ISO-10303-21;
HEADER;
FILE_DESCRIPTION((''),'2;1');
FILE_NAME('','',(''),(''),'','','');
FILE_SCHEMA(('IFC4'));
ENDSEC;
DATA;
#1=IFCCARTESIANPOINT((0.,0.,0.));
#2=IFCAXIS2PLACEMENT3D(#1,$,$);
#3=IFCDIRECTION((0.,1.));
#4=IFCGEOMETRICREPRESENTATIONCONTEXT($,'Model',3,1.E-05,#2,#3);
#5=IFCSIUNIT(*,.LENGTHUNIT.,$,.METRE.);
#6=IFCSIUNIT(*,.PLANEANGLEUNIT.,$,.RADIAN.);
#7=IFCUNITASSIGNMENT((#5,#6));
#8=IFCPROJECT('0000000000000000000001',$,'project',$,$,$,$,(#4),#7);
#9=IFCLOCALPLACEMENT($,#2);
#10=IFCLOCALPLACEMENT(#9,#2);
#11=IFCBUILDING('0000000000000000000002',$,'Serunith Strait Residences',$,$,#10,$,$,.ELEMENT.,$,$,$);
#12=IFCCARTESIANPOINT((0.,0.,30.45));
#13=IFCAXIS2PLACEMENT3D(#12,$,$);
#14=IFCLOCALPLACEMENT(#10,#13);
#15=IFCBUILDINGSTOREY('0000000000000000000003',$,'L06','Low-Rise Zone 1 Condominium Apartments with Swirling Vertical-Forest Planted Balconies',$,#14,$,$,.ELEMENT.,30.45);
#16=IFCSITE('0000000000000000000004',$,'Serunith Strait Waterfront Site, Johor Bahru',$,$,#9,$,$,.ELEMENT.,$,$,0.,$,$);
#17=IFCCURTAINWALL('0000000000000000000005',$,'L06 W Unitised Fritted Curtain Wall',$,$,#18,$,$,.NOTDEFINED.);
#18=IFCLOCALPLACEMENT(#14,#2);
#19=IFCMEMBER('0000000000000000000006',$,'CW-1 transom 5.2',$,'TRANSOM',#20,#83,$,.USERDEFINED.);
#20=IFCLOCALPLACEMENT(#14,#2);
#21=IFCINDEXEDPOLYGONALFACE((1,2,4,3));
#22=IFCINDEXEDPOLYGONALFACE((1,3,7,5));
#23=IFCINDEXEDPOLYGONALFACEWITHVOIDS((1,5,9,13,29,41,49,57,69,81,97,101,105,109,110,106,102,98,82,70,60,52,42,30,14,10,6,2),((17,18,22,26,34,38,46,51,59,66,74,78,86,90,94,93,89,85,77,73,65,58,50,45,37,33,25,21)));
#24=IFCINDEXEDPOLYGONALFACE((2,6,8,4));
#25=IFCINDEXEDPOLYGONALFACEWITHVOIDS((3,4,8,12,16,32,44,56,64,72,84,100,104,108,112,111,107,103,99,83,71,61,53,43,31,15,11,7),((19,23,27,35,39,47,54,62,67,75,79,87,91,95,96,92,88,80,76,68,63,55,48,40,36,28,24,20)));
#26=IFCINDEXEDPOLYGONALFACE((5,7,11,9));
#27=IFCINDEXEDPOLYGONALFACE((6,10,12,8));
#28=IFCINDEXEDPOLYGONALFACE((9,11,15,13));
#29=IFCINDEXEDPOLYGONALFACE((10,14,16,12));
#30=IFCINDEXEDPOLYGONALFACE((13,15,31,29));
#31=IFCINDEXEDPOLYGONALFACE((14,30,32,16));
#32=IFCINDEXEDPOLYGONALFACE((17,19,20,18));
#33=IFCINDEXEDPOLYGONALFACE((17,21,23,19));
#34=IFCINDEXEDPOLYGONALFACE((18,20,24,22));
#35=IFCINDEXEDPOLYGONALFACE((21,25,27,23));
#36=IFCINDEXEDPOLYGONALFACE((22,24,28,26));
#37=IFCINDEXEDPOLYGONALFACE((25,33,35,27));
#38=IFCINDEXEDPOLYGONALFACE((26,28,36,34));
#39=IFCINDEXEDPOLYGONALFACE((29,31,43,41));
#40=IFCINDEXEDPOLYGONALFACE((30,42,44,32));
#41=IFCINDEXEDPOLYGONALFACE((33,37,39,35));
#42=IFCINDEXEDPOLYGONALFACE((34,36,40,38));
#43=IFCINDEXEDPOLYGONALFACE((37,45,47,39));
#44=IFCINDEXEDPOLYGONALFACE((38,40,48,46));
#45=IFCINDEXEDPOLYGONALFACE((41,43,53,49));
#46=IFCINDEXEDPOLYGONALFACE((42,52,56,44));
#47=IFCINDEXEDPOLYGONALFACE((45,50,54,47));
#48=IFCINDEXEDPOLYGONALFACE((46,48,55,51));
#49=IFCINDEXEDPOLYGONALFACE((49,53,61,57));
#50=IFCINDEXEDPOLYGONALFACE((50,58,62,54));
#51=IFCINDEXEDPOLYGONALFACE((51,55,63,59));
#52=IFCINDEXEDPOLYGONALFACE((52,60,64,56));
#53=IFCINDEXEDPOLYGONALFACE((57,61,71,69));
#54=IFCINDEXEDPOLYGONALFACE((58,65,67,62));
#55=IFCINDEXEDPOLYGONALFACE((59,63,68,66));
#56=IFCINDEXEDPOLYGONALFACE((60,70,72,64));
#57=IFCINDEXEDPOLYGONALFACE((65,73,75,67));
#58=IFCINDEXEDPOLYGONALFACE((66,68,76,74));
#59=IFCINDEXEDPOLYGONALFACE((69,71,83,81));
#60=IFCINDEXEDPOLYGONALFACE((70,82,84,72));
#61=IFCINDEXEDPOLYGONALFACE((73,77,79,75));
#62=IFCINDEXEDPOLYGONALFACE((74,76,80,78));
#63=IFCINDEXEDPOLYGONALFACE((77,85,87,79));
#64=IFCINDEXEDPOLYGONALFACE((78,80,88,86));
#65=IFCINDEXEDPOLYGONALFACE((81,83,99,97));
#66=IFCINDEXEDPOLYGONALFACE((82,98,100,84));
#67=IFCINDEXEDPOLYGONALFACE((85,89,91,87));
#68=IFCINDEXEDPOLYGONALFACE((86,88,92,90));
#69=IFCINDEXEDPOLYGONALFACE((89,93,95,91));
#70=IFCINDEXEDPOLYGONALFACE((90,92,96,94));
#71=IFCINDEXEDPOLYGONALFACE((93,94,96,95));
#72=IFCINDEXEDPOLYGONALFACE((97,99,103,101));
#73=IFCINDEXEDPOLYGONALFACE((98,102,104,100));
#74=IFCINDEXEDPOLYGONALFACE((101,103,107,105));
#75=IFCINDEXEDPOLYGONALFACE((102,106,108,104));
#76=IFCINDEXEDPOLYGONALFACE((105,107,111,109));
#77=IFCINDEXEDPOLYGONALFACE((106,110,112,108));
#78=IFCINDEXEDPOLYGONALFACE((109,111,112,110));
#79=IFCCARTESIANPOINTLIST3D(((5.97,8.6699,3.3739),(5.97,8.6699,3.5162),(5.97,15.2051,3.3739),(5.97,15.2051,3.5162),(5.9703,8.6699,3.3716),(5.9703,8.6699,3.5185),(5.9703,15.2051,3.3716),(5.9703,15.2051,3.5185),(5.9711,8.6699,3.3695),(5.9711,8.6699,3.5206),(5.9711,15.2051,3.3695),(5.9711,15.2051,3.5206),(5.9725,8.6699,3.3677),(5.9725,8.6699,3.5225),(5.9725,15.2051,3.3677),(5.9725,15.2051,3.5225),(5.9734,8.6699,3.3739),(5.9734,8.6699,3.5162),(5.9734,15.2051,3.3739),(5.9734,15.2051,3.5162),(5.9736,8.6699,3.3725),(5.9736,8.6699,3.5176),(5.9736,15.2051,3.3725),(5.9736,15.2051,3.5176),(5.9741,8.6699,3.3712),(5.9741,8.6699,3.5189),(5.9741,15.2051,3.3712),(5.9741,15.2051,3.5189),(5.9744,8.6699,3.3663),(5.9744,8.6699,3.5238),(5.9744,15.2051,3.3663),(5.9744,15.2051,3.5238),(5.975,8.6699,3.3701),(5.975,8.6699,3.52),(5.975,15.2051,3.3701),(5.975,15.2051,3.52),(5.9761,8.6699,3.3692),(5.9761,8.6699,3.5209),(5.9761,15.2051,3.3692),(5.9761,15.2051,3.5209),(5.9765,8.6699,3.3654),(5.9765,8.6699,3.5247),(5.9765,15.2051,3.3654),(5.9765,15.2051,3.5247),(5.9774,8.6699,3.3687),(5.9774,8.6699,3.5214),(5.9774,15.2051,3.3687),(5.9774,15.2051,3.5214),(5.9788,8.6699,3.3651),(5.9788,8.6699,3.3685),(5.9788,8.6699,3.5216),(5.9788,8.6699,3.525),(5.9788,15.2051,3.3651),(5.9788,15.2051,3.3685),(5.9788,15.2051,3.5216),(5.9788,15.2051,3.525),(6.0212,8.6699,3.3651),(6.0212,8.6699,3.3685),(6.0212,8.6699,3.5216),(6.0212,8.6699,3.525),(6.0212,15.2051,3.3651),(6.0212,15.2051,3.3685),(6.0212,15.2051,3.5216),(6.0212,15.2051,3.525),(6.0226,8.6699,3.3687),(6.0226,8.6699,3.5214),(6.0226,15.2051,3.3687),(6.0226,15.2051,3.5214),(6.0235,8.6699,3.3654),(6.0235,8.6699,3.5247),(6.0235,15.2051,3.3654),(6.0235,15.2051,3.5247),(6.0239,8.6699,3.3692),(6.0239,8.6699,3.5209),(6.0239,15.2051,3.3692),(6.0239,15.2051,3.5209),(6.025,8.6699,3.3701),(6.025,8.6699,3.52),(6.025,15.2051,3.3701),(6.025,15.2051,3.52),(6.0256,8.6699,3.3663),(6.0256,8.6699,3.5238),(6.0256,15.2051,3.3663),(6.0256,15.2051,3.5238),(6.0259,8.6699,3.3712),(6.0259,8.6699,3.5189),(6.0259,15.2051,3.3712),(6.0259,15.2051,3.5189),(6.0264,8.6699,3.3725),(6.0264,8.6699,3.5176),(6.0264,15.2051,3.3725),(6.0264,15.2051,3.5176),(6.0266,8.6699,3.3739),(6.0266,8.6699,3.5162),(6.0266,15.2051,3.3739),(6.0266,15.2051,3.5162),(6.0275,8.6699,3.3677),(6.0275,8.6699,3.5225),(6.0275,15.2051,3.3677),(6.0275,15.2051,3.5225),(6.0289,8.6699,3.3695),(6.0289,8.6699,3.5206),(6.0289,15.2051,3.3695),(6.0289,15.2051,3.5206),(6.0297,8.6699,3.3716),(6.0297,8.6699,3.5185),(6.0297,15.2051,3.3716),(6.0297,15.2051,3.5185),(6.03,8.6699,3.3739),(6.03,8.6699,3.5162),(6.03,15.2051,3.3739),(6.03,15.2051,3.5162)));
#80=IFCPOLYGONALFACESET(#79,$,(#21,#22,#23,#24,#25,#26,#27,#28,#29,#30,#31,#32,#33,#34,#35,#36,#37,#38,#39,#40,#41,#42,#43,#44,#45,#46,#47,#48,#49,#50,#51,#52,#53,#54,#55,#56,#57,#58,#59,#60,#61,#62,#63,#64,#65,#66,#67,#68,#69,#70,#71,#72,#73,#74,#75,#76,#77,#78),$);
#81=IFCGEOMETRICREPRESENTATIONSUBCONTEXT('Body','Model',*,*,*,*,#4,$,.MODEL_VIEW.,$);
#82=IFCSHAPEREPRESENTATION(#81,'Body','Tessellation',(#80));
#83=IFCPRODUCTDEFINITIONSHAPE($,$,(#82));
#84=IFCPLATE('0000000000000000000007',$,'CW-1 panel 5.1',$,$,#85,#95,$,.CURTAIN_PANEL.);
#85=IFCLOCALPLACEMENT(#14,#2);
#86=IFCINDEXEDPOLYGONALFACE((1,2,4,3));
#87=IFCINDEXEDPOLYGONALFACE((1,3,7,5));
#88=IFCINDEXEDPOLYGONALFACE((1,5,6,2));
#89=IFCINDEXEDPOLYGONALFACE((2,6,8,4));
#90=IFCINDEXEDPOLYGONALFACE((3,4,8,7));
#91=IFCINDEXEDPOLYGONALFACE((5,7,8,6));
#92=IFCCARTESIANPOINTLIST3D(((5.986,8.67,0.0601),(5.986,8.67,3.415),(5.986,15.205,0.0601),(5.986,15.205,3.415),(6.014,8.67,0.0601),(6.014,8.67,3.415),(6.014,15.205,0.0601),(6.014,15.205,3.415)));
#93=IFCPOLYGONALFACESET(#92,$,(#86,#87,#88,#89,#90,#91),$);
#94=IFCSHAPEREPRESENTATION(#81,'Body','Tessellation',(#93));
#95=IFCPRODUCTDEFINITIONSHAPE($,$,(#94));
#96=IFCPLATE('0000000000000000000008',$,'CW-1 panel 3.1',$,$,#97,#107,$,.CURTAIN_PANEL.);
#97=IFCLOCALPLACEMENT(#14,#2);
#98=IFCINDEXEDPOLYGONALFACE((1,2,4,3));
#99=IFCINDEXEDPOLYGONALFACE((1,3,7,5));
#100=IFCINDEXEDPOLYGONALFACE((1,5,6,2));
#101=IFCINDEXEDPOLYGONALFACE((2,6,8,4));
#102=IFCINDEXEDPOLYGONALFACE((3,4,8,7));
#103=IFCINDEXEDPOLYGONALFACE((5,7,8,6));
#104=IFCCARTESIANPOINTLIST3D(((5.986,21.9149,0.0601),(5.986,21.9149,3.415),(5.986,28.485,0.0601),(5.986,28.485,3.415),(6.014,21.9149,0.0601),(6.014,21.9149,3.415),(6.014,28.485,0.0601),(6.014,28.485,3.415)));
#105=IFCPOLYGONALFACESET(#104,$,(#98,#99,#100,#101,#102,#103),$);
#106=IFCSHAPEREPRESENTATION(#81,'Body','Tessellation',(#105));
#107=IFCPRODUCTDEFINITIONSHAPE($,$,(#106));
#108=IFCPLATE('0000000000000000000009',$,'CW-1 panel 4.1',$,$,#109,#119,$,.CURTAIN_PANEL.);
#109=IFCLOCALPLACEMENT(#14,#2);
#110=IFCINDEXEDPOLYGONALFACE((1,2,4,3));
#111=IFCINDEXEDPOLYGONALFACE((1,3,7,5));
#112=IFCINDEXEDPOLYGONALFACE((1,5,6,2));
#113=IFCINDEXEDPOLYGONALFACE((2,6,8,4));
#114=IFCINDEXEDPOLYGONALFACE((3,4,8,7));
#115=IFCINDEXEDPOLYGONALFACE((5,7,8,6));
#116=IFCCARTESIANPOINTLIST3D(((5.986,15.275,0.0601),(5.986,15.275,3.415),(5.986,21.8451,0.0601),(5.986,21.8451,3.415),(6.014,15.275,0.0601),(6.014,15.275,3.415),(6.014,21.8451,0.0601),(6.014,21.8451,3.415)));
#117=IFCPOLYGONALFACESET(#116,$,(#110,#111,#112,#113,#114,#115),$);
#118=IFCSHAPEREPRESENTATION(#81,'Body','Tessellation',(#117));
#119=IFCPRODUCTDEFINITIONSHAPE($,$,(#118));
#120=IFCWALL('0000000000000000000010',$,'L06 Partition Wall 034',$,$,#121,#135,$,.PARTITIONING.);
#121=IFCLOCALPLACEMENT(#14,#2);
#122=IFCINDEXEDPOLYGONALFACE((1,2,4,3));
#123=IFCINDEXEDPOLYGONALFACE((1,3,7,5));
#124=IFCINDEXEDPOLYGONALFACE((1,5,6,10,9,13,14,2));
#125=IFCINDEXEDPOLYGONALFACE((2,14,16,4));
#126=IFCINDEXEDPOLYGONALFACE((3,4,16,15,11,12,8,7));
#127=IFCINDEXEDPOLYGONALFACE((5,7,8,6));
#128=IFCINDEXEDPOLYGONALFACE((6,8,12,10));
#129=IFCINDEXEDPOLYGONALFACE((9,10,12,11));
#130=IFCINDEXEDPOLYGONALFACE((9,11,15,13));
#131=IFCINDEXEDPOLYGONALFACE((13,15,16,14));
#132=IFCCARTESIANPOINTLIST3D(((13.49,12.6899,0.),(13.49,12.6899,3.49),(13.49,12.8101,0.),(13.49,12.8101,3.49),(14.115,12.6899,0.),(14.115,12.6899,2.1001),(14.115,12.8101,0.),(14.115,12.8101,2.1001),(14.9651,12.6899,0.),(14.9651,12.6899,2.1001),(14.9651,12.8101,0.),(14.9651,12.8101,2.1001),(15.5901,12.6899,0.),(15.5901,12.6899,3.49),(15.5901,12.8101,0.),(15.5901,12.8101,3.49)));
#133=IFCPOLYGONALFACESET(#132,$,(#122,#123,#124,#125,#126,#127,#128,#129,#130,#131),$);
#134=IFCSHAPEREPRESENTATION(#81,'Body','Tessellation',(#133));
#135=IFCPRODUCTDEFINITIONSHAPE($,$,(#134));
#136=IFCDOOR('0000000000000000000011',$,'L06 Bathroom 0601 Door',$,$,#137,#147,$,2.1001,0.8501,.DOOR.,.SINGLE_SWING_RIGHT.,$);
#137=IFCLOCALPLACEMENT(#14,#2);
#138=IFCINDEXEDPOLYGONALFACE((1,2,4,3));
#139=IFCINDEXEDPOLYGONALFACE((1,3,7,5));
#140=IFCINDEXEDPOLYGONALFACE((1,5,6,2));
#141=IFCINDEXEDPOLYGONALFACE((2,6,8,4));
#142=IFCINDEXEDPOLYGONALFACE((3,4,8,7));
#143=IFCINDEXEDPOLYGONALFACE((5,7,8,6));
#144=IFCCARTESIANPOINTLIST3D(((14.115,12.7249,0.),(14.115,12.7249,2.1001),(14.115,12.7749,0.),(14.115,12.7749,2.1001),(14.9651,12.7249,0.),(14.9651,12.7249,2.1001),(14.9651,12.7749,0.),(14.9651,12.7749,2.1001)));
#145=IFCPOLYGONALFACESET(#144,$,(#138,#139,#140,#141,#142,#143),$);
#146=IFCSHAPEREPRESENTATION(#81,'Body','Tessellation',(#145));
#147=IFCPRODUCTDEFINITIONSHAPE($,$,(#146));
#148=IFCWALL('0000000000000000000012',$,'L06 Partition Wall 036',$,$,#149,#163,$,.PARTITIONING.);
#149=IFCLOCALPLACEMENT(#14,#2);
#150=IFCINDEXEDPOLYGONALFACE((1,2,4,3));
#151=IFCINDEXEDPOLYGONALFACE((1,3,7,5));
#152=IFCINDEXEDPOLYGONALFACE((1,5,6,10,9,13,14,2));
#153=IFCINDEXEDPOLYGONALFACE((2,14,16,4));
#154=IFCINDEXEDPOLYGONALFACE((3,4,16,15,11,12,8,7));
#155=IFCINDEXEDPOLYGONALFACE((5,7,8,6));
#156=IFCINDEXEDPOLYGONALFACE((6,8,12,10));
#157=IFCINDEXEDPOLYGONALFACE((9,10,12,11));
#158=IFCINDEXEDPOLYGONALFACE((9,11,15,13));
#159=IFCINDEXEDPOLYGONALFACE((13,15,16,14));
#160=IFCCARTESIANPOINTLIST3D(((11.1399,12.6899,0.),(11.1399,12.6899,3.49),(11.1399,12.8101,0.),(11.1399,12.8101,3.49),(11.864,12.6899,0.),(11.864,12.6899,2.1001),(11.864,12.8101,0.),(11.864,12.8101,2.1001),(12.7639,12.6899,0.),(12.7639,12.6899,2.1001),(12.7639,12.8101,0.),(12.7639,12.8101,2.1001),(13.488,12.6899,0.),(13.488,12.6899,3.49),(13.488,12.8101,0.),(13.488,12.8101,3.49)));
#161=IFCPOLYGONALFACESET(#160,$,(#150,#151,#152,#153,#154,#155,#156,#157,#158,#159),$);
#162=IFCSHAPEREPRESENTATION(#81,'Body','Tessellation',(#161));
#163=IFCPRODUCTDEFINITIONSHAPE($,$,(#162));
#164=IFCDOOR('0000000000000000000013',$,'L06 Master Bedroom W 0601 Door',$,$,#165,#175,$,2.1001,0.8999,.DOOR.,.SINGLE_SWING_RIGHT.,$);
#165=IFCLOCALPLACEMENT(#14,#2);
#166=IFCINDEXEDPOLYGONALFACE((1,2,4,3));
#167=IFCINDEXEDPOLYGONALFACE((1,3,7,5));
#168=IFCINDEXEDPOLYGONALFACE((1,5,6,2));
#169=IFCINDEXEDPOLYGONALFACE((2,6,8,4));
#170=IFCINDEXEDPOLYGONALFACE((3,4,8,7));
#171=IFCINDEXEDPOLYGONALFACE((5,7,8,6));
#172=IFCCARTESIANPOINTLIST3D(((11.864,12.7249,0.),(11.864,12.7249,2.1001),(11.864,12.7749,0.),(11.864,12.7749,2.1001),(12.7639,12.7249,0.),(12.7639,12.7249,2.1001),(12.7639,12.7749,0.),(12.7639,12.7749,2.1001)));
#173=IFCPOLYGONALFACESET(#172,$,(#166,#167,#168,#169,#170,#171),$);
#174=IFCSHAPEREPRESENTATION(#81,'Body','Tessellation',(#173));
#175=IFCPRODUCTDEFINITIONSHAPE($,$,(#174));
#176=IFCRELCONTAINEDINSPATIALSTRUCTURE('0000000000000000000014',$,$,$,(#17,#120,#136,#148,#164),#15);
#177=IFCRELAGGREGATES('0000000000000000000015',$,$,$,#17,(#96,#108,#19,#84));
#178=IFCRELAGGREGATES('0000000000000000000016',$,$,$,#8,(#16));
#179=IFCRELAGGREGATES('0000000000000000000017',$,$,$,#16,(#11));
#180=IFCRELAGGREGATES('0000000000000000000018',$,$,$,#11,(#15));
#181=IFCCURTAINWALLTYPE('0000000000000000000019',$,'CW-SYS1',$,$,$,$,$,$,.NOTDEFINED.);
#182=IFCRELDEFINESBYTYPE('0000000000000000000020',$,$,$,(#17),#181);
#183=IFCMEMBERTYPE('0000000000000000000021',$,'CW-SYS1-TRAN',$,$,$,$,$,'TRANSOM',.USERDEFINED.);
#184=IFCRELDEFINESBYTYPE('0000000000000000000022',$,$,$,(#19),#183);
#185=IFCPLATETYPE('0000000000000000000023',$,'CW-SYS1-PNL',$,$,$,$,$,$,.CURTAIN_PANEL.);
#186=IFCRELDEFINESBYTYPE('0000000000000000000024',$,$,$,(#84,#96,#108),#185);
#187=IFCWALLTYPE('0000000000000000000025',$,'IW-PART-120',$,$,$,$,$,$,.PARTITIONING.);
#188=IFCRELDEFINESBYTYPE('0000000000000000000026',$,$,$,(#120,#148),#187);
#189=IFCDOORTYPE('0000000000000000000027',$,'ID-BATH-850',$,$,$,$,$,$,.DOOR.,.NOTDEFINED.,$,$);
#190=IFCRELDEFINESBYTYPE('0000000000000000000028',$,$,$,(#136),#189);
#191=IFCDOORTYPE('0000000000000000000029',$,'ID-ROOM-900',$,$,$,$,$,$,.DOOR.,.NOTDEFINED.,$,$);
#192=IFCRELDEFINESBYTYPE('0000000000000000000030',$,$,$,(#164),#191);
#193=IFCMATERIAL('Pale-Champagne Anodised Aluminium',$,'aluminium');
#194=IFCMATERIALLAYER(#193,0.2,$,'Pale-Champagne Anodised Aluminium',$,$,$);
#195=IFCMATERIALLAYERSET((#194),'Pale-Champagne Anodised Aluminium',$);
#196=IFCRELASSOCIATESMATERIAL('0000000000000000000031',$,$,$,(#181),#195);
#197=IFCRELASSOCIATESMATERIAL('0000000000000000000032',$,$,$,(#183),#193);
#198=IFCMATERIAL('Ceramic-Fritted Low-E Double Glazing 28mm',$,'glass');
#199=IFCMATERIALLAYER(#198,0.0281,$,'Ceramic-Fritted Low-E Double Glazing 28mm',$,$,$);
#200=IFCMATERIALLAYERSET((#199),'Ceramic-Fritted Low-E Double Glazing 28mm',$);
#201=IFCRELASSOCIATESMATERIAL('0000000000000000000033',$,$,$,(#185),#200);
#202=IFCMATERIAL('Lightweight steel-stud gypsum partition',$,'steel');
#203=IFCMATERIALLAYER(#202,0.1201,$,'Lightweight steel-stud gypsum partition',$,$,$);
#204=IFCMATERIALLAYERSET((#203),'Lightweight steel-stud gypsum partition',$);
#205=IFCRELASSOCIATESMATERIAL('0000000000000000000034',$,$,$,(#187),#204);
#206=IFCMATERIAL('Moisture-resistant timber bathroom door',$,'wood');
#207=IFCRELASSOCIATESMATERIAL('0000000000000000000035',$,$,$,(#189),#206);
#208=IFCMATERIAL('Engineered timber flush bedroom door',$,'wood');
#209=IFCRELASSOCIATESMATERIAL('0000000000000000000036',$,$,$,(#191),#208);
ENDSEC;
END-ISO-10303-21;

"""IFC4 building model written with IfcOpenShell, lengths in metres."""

from ifc_helpers import new_model, si_unit, direction, frame, frame_2d, origin, origin_2d, place, context, subcontext, project, spatial, rectangle, hollow_rectangle, extrude, source, transform, mapped, material, layer, layer_set, material_profile, profile_set, type_object, element, fill, aggregate, save


model = new_model("IFC4")

# Units and contexts
model_context = context("Model", 3, precision=1e-05, world=origin(), true_north=direction((0.0, 1.0)))
body_context = subcontext(model_context, "Body", "Model", "MODEL_VIEW")
ifc_project = project(units=[si_unit("LENGTHUNIT", "METRE"), si_unit("PLANEANGLEUNIT", "RADIAN")], contexts=[model_context])

# Site, building, storey
site_placement = place(None, origin())
site = spatial("IfcSite", under=ifc_project, at=site_placement, Name="Serunith Strait Waterfront Site, Johor Bahru", CompositionType="ELEMENT", RefElevation=0.0)
building_placement = place(site_placement, origin())
building = spatial("IfcBuilding", under=site, at=building_placement, Name="Serunith Strait Residences", CompositionType="ELEMENT")
storey_placement = place(building_placement, frame((0.0, 0.0, 30.45)))
storey = spatial("IfcBuildingStorey", under=building, at=storey_placement, Name="L06", Description="Low-Rise Zone 1 Condominium Apartments with Swirling Vertical-Forest Planted Balconies", CompositionType="ELEMENT", Elevation=30.45)

# Curtain wall, member, plates
ifc_material_1 = material(Name="Pale-Champagne Anodised Aluminium", Category="aluminium")
ifc_layer_1 = layer(ifc_material_1, 0.2, Name="Pale-Champagne Anodised Aluminium")
ifc_layer_set_1 = layer_set([ifc_layer_1], Name="Pale-Champagne Anodised Aluminium")
curtain_wall_type = type_object("IfcCurtainWallType", Name="CW-SYS1", PredefinedType="NOTDEFINED", material=ifc_layer_set_1)
curtain_wall_placement = place(storey_placement, origin())
curtain_wall = element("IfcCurtainWall", 1, at=curtain_wall_placement, inside=storey, type_object=curtain_wall_type, Name="L06 W Unitised Fritted Curtain Wall", PredefinedType="NOTDEFINED")
ifc_material_profile_1 = material_profile(ifc_material_1, hollow_rectangle(XDim=0.0601, YDim=0.1599, WallThickness=0.0034, InnerFilletRadius=0.0054, OuterFilletRadius=0.0088, at=origin_2d()), Name="ALU 160x60x3.5")
ifc_profile_set_1 = profile_set([ifc_material_profile_1], Name="Pale-Champagne Anodised Aluminium")
member_type_1 = type_object("IfcMemberType", Name="CW-SYS1-TRAN", ElementType="TRANSOM", PredefinedType="USERDEFINED", material=ifc_profile_set_1)
shared_shape_1 = source(origin(), body_context, "Body", "SweptSolid", [
    extrude(hollow_rectangle(XDim=0.0601, YDim=0.1599, WallThickness=0.0034, InnerFilletRadius=0.0054, OuterFilletRadius=0.0088, at=origin_2d()), origin(), (0.0, 0.0, 1.0), 6.5352),
])
member_1_placement = place(storey_placement, frame((6.0, 15.2051, 3.4451), z_axis=(0.0, -1.0, 0.0), x_axis=(1.0, 0.0, 0.0)))
member_1 = element("IfcMember", 2, at=member_1_placement, type_object=member_type_1, Name="CW-1 transom 5.2", ObjectType="TRANSOM", PredefinedType="USERDEFINED", context=body_context, shape_type="MappedRepresentation", body=[
    mapped(shared_shape_1, transform((0.0, 0.0, 0.0), scale=1.0)),
])
ifc_material_2 = material(Name="Ceramic-Fritted Low-E Double Glazing 28mm", Category="glass")
ifc_layer_2 = layer(ifc_material_2, 0.0281, Name="Ceramic-Fritted Low-E Double Glazing 28mm")
ifc_layer_set_2 = layer_set([ifc_layer_2], Name="Ceramic-Fritted Low-E Double Glazing 28mm")
plate_type = type_object("IfcPlateType", Name="CW-SYS1-PNL", PredefinedType="CURTAIN_PANEL", material=ifc_layer_set_2)
shared_shape_2 = source(origin(), body_context, "Body", "SweptSolid", [
    extrude(rectangle(XDim=6.5349, YDim=0.0281, at=origin_2d()), origin(), (0.0, 0.0, 1.0), 3.355),
])
plate_1_placement = place(storey_placement, frame((6.0, 11.9375, 0.0601), z_axis=(0.0, 0.0, 1.0), x_axis=(0.0, -1.0, 0.0)))
plate_1 = element("IfcPlate", 3, at=plate_1_placement, type_object=plate_type, Name="CW-1 panel 5.1", PredefinedType="CURTAIN_PANEL", context=body_context, shape_type="MappedRepresentation", body=[
    mapped(shared_shape_2, transform((0.0, 0.0, 0.0), scale=1.0)),
])
shared_shape_3 = source(origin(), body_context, "Body", "SweptSolid", [
    extrude(rectangle(XDim=6.5701, YDim=0.0281, at=origin_2d()), origin(), (0.0, 0.0, 1.0), 3.355),
])
plate_2_placement = place(storey_placement, frame((6.0, 25.2, 0.0601), z_axis=(0.0, 0.0, 1.0), x_axis=(0.0, -1.0, 0.0)))
plate_2 = element("IfcPlate", 4, at=plate_2_placement, type_object=plate_type, Name="CW-1 panel 3.1", PredefinedType="CURTAIN_PANEL", context=body_context, shape_type="MappedRepresentation", body=[
    mapped(shared_shape_3, transform((0.0, 0.0, 0.0), scale=1.0)),
])
plate_3_placement = place(storey_placement, frame((6.0, 18.5601, 0.0601), z_axis=(0.0, 0.0, 1.0), x_axis=(0.0, -1.0, 0.0)))
plate_3 = element("IfcPlate", 5, at=plate_3_placement, type_object=plate_type, Name="CW-1 panel 4.1", PredefinedType="CURTAIN_PANEL", context=body_context, shape_type="MappedRepresentation", body=[
    mapped(shared_shape_3, transform((0.0, 0.0, 0.0), scale=1.0)),
])
aggregate(curtain_wall, [plate_2, plate_3, member_1, plate_1])

# Walls, openings, doors
ifc_material_3 = material(Name="Lightweight steel-stud gypsum partition", Category="steel")
ifc_layer_3 = layer(ifc_material_3, 0.1201, Name="Lightweight steel-stud gypsum partition")
ifc_layer_set_3 = layer_set([ifc_layer_3], Name="Lightweight steel-stud gypsum partition")
wall_type_1 = type_object("IfcWallType", Name="IW-PART-120", PredefinedType="PARTITIONING", material=ifc_layer_set_3)
wall_1_placement = place(storey_placement, frame((13.49, 12.75, 0.0), z_axis=(0.0, 0.0, 1.0), x_axis=(1.0, 0.0, 0.0)))
wall_1 = element("IfcWall", 6, at=wall_1_placement, inside=storey, type_object=wall_type_1, Name="L06 Partition Wall 034", PredefinedType="PARTITIONING", context=body_context, shape_type="SweptSolid", body=[
    extrude(rectangle(XDim=2.1001, YDim=0.1201, at=frame_2d((1.05, 0.0))), origin(), (0.0, 0.0, 1.0), 3.49),
])
opening_1_placement = place(wall_1_placement, frame((0.625, 0.0, 0.0)))
opening_1 = element("IfcOpeningElement", 7, at=opening_1_placement, cuts=wall_1, PredefinedType="OPENING", context=body_context, shape_type="SweptSolid", body=[
    extrude(rectangle(XDim=0.8501, YDim=2.1001, at=frame_2d((0.425, 1.05))), frame((0.0, 0.0701, 0.0), z_axis=(0.0, -1.0, 0.0), x_axis=(1.0, 0.0, 0.0)), (0.0, 0.0, 1.0), 0.1401),
])
ifc_material_4 = material(Name="Moisture-resistant timber bathroom door", Category="wood")
door_type_1 = type_object("IfcDoorType", Name="ID-BATH-850", OperationType="NOTDEFINED", PredefinedType="DOOR", material=ifc_material_4)
shared_shape_4 = source(origin(), body_context, "Body", "SweptSolid", [
    extrude(rectangle(XDim=0.8501, YDim=2.1001, at=frame_2d((0.425, 1.05))), frame((0.0, 0.0249, 0.0), z_axis=(0.0, -1.0, 0.0), x_axis=(1.0, 0.0, 0.0)), (0.0, 0.0, 1.0), 0.05),
])
door_1_placement = place(opening_1_placement, origin())
door_1 = element("IfcDoor", 8, at=door_1_placement, inside=storey, type_object=door_type_1, Name="L06 Bathroom 0601 Door", OperationType="SINGLE_SWING_RIGHT", OverallHeight=2.1001, OverallWidth=0.8501, PredefinedType="DOOR", context=body_context, shape_type="MappedRepresentation", body=[
    mapped(shared_shape_4, transform((0.0, 0.0, 0.0), scale=1.0)),
])
fill(opening_1, door_1)
wall_2_placement = place(storey_placement, frame((11.1399, 12.75, 0.0), z_axis=(0.0, 0.0, 1.0), x_axis=(1.0, 0.0, 0.0)))
wall_2 = element("IfcWall", 9, at=wall_2_placement, inside=storey, type_object=wall_type_1, Name="L06 Partition Wall 036", PredefinedType="PARTITIONING", context=body_context, shape_type="SweptSolid", body=[
    extrude(rectangle(XDim=2.3481, YDim=0.1201, at=frame_2d((1.1741, 0.0))), origin(), (0.0, 0.0, 1.0), 3.49),
])
opening_2_placement = place(wall_2_placement, frame((0.7241, 0.0, 0.0)))
opening_2 = element("IfcOpeningElement", 10, at=opening_2_placement, cuts=wall_2, PredefinedType="OPENING", context=body_context, shape_type="SweptSolid", body=[
    extrude(rectangle(XDim=0.8999, YDim=2.1001, at=frame_2d((0.45, 1.05))), frame((0.0, 0.0701, 0.0), z_axis=(0.0, -1.0, 0.0), x_axis=(1.0, 0.0, 0.0)), (0.0, 0.0, 1.0), 0.1401),
])
ifc_material_5 = material(Name="Engineered timber flush bedroom door", Category="wood")
door_type_2 = type_object("IfcDoorType", Name="ID-ROOM-900", OperationType="NOTDEFINED", PredefinedType="DOOR", material=ifc_material_5)
shared_shape_5 = source(origin(), body_context, "Body", "SweptSolid", [
    extrude(rectangle(XDim=0.8999, YDim=2.1001, at=frame_2d((0.45, 1.05))), frame((0.0, 0.0249, 0.0), z_axis=(0.0, -1.0, 0.0), x_axis=(1.0, 0.0, 0.0)), (0.0, 0.0, 1.0), 0.05),
])
door_2_placement = place(opening_2_placement, origin())
door_2 = element("IfcDoor", 11, at=door_2_placement, inside=storey, type_object=door_type_2, Name="L06 Master Bedroom W 0601 Door", OperationType="SINGLE_SWING_RIGHT", OverallHeight=2.1001, OverallWidth=0.8999, PredefinedType="DOOR", context=body_context, shape_type="MappedRepresentation", body=[
    mapped(shared_shape_5, transform((0.0, 0.0, 0.0), scale=1.0)),
])
fill(opening_2, door_2)

save(model, "model.ifc")
